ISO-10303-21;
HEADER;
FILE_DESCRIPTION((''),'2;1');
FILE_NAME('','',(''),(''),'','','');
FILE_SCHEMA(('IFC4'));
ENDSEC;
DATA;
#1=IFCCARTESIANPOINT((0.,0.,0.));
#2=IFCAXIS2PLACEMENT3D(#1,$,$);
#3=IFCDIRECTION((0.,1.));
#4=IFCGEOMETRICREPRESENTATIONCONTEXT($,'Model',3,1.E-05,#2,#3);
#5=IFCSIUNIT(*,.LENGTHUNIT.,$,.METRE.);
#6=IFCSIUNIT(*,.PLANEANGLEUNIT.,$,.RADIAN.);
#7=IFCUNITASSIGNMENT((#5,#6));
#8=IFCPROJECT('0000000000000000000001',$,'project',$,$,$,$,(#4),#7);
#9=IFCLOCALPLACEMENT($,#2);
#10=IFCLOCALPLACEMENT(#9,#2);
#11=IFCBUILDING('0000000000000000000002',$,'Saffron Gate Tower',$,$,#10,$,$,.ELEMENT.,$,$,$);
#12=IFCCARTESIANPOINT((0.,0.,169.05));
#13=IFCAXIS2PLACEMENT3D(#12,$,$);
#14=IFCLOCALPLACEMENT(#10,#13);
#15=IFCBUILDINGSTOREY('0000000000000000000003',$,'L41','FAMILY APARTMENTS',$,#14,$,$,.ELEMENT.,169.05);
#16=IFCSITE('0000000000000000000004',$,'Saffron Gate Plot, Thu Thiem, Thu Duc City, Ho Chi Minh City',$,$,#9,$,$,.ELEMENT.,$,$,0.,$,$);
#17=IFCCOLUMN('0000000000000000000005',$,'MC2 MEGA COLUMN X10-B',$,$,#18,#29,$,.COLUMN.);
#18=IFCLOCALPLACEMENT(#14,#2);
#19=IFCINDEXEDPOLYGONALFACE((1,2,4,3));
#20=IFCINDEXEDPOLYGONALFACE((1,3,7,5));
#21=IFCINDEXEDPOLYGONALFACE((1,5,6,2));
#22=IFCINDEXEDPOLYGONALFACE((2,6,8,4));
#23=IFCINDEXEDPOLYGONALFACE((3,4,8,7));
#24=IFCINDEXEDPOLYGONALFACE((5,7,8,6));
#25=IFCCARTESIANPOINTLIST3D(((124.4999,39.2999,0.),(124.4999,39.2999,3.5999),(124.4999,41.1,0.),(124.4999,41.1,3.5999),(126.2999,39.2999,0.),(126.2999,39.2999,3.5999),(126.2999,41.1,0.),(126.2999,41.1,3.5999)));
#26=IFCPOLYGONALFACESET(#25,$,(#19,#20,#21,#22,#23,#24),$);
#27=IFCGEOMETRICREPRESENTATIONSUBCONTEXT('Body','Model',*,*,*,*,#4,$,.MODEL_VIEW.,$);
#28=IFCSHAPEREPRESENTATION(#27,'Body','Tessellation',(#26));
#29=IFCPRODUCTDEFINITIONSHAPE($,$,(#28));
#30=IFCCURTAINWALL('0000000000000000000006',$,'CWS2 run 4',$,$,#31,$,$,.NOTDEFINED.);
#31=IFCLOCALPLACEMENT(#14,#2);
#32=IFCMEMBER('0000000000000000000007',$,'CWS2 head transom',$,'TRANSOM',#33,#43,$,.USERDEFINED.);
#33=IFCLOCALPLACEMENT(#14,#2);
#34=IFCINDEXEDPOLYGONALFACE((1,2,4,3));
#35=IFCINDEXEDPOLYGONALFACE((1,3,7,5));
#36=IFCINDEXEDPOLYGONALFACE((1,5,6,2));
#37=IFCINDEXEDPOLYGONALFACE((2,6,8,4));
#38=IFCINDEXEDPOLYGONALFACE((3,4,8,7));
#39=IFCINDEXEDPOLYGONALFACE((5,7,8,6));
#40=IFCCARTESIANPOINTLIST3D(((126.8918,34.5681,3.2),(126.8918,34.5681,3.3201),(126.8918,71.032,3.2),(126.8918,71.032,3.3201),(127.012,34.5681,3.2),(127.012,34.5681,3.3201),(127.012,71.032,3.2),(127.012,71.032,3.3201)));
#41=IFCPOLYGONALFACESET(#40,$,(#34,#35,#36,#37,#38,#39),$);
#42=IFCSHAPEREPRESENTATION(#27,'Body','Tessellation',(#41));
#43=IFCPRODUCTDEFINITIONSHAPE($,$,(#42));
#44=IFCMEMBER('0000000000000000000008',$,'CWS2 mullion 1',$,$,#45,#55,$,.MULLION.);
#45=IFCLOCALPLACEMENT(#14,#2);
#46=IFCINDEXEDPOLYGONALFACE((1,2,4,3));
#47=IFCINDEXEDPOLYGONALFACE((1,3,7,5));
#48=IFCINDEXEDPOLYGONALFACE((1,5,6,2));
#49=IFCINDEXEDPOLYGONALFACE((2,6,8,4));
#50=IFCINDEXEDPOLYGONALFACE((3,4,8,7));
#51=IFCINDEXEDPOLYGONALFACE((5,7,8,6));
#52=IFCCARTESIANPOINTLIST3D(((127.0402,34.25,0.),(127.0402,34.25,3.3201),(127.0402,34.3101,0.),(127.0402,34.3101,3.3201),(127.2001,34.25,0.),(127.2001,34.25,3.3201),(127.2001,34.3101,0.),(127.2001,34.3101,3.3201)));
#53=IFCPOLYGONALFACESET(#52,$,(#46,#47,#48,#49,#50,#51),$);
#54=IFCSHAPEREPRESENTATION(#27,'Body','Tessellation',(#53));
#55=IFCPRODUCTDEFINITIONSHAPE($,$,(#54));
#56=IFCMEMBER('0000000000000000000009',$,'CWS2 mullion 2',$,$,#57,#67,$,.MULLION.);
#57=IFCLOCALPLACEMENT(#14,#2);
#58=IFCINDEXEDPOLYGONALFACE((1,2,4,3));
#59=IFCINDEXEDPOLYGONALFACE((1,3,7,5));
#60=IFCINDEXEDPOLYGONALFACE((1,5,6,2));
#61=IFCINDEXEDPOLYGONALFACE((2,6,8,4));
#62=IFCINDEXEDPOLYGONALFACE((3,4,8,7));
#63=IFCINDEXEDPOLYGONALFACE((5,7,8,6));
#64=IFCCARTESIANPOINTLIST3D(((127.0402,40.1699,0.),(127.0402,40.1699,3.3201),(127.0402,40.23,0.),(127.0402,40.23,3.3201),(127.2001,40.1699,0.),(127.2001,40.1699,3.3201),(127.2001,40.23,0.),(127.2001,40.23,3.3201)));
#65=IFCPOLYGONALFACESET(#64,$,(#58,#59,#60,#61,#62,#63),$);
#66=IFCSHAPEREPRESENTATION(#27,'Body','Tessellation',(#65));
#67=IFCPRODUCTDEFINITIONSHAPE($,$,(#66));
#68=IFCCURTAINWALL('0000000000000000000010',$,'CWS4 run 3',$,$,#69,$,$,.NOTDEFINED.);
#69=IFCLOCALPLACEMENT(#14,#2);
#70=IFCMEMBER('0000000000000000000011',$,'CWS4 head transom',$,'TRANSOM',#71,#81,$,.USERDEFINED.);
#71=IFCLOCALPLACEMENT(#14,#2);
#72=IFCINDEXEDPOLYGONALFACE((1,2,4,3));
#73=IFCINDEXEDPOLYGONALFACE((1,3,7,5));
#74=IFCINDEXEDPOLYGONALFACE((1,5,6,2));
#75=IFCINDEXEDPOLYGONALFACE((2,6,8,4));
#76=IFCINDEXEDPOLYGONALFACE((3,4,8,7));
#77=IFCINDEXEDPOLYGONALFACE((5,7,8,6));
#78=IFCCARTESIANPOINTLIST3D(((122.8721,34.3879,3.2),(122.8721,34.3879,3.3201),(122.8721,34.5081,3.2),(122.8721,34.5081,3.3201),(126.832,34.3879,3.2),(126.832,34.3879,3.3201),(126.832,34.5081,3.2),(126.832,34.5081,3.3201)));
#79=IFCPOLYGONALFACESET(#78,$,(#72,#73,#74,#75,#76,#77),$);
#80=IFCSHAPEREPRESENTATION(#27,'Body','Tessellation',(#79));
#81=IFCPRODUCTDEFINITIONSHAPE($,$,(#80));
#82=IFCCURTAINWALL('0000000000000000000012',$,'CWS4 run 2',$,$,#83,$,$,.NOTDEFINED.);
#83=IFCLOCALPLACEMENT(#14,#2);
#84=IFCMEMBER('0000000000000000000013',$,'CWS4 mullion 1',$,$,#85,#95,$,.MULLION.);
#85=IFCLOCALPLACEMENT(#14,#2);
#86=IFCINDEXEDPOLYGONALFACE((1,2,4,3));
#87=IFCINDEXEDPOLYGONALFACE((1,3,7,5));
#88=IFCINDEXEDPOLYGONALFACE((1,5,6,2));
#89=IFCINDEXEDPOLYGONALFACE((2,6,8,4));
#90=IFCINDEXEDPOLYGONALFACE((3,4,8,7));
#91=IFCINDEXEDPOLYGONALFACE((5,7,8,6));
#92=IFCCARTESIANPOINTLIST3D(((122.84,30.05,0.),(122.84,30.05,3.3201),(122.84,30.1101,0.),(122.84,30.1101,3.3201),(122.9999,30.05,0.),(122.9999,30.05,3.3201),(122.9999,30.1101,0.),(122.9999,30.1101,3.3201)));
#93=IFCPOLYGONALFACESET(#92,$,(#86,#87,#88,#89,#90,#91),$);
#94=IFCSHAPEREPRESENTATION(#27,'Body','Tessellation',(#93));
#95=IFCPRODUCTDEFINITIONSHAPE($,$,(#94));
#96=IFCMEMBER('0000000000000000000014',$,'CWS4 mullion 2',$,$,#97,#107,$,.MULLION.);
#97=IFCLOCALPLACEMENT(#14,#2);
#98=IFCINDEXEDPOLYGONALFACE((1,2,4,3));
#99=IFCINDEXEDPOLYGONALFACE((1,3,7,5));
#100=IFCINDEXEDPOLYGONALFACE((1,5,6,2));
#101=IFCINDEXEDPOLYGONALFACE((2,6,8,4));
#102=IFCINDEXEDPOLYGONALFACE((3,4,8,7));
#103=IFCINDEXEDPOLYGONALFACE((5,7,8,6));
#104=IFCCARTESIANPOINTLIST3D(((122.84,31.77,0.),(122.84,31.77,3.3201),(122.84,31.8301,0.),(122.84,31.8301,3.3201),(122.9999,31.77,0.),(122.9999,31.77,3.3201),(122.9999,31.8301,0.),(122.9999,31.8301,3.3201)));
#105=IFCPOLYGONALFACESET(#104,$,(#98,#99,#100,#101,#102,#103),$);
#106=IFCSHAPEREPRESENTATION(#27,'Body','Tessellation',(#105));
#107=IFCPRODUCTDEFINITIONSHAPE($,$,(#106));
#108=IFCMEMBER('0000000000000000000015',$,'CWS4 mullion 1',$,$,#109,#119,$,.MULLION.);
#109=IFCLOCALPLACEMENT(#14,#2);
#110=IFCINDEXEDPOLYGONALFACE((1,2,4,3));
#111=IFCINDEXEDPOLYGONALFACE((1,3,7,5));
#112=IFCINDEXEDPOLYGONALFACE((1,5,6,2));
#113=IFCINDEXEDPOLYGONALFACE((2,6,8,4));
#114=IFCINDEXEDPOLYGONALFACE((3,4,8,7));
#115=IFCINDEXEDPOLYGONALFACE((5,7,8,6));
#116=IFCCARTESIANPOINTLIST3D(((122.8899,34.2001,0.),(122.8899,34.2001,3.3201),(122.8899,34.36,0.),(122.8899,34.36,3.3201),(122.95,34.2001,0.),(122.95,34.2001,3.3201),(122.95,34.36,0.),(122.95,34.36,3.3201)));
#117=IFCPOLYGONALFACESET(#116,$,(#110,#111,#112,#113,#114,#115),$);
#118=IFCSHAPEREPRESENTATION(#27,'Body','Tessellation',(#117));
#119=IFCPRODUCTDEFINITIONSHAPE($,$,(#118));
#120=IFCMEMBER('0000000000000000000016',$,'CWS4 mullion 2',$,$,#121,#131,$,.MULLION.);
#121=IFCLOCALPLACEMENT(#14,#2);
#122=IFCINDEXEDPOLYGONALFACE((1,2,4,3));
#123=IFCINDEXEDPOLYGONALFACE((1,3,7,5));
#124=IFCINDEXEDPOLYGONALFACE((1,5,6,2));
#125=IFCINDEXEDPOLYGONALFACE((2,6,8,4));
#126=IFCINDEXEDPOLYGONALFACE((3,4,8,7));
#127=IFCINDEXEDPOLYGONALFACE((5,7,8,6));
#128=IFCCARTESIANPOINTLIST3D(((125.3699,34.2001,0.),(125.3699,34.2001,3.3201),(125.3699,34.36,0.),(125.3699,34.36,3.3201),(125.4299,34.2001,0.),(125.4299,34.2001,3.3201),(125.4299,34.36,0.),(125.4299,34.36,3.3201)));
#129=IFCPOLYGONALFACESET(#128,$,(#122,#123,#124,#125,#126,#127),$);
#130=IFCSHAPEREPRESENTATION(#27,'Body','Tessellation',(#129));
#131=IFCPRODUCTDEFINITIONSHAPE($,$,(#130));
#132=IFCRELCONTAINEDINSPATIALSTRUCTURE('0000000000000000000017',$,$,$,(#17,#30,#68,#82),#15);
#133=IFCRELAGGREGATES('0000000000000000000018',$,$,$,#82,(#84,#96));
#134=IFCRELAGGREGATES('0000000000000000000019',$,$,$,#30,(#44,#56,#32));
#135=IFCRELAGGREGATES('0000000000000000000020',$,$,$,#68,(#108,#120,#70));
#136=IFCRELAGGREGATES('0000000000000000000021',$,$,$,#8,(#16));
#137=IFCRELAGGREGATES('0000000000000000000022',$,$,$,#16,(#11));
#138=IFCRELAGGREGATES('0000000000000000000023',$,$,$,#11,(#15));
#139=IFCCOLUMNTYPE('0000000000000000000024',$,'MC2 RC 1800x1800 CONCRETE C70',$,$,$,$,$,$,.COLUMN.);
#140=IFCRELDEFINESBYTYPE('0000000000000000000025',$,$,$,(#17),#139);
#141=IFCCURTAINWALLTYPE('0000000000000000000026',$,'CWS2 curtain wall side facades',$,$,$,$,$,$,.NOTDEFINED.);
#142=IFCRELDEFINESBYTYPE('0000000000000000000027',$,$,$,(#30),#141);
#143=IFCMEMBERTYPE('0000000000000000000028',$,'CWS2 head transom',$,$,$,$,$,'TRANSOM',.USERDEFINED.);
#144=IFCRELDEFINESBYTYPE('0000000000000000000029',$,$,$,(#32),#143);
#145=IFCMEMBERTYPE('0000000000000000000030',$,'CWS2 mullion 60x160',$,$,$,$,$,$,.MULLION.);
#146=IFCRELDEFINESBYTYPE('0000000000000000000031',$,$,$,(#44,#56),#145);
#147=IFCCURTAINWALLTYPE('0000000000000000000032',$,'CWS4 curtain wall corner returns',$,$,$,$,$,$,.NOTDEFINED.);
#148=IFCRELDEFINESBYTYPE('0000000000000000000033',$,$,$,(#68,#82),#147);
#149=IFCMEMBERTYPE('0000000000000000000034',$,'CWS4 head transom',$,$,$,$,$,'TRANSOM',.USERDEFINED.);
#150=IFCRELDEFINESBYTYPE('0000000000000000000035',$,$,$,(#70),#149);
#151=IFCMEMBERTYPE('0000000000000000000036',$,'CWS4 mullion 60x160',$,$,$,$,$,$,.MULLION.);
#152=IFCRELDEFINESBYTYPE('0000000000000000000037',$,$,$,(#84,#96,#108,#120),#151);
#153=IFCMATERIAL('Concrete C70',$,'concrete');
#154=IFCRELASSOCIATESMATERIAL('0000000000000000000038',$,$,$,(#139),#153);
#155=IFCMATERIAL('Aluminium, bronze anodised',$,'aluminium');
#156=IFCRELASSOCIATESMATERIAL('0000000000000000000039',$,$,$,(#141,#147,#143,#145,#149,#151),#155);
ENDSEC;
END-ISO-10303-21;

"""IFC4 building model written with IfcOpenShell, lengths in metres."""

from ifc_helpers import new_model, si_unit, direction, frame, origin, origin_2d, place, context, subcontext, project, spatial, rectangle, extrude, material, material_profile, profile_set, type_object, element, aggregate, save


model = new_model("IFC4")

# Units and contexts
model_context = context("Model", 3, precision=1e-05, world=origin(), true_north=direction((0.0, 1.0)))
body_context = subcontext(model_context, "Body", "Model", "MODEL_VIEW")
ifc_project = project(units=[si_unit("LENGTHUNIT", "METRE"), si_unit("PLANEANGLEUNIT", "RADIAN")], contexts=[model_context])

# Site, building, storey
site_placement = place(None, origin())
site = spatial("IfcSite", under=ifc_project, at=site_placement, Name="Saffron Gate Plot, Thu Thiem, Thu Duc City, Ho Chi Minh City", CompositionType="ELEMENT", RefElevation=0.0)
building_placement = place(site_placement, origin())
building = spatial("IfcBuilding", under=site, at=building_placement, Name="Saffron Gate Tower", CompositionType="ELEMENT")
storey_placement = place(building_placement, frame((0.0, 0.0, 169.05)))
storey = spatial("IfcBuildingStorey", under=building, at=storey_placement, Name="L41", Description="FAMILY APARTMENTS", CompositionType="ELEMENT", Elevation=169.05)

# Column
ifc_material_1 = material(Name="Concrete C70", Category="concrete")
ifc_material_profile_1 = material_profile(ifc_material_1, rectangle(XDim=1.8, YDim=1.8, at=origin_2d()))
ifc_profile_set_1 = profile_set([ifc_material_profile_1], Name="Concrete C70")
column_type = type_object("IfcColumnType", Name="MC2 RC 1800x1800 CONCRETE C70", PredefinedType="COLUMN", material=ifc_profile_set_1)
column_placement = place(storey_placement, frame((125.3999, 40.2, 0.0), z_axis=(0.0, 0.0, 1.0), x_axis=(1.0, 0.0, 0.0)))
element("IfcColumn", 1, at=column_placement, inside=storey, type_object=column_type, Name="MC2 MEGA COLUMN X10-B", PredefinedType="COLUMN", context=body_context, shape_type="SweptSolid", body=[
    extrude(rectangle(XDim=1.8, YDim=1.8, at=origin_2d()), origin(), (0.0, 0.0, 1.0), 3.5999),
])

# Curtain wall, members
ifc_material_2 = material(Name="Aluminium, bronze anodised", Category="aluminium")
curtain_wall_type_1 = type_object("IfcCurtainWallType", Name="CWS2 curtain wall side facades", PredefinedType="NOTDEFINED", material=ifc_material_2)
curtain_wall_1_placement = place(storey_placement, origin())
curtain_wall_1 = element("IfcCurtainWall", 2, at=curtain_wall_1_placement, inside=storey, type_object=curtain_wall_type_1, Name="CWS2 run 4", PredefinedType="NOTDEFINED")
ifc_material_profile_2 = material_profile(ifc_material_2, rectangle(XDim=0.1201, YDim=0.1201, at=origin_2d()))
ifc_profile_set_2 = profile_set([ifc_material_profile_2], Name="Aluminium, bronze anodised")
member_type_1 = type_object("IfcMemberType", Name="CWS2 head transom", ElementType="TRANSOM", PredefinedType="USERDEFINED", material=ifc_profile_set_2)
member_1_placement = place(storey_placement, frame((126.9519, 34.5681, 3.26), z_axis=(0.0, 1.0, 0.0), x_axis=(-1.0, 0.0, 0.0)))
member_1 = element("IfcMember", 3, at=member_1_placement, type_object=member_type_1, Name="CWS2 head transom", ObjectType="TRANSOM", PredefinedType="USERDEFINED", context=body_context, shape_type="SweptSolid", body=[
    extrude(rectangle(XDim=0.1201, YDim=0.1201, at=origin_2d()), origin(), (0.0, 0.0, 1.0), 36.4639),
])
ifc_material_profile_3 = material_profile(ifc_material_2, rectangle(XDim=0.1599, YDim=0.0601, at=origin_2d()))
ifc_profile_set_3 = profile_set([ifc_material_profile_3], Name="Aluminium, bronze anodised")
member_type_2 = type_object("IfcMemberType", Name="CWS2 mullion 60x160", PredefinedType="MULLION", material=ifc_profile_set_3)
member_2_placement = place(storey_placement, frame((127.1201, 34.28, 0.0), z_axis=(0.0, 0.0, 1.0), x_axis=(-1.0, 0.0, 0.0)))
member_2 = element("IfcMember", 4, at=member_2_placement, type_object=member_type_2, Name="CWS2 mullion 1", PredefinedType="MULLION", context=body_context, shape_type="SweptSolid", body=[
    extrude(rectangle(XDim=0.1599, YDim=0.0601, at=origin_2d()), origin(), (0.0, 0.0, 1.0), 3.3201),
])
member_3_placement = place(storey_placement, frame((127.1201, 40.2, 0.0), z_axis=(0.0, 0.0, 1.0), x_axis=(-1.0, 0.0, 0.0)))
member_3 = element("IfcMember", 5, at=member_3_placement, type_object=member_type_2, Name="CWS2 mullion 2", PredefinedType="MULLION", context=body_context, shape_type="SweptSolid", body=[
    extrude(rectangle(XDim=0.1599, YDim=0.0601, at=origin_2d()), origin(), (0.0, 0.0, 1.0), 3.3201),
])

# Curtain wall, member
curtain_wall_type_2 = type_object("IfcCurtainWallType", Name="CWS4 curtain wall corner returns", PredefinedType="NOTDEFINED", material=ifc_material_2)
curtain_wall_2_placement = place(storey_placement, origin())
curtain_wall_2 = element("IfcCurtainWall", 6, at=curtain_wall_2_placement, inside=storey, type_object=curtain_wall_type_2, Name="CWS4 run 3", PredefinedType="NOTDEFINED")
ifc_material_profile_4 = material_profile(ifc_material_2, rectangle(XDim=0.1201, YDim=0.1201, at=origin_2d()))
ifc_profile_set_4 = profile_set([ifc_material_profile_4], Name="Aluminium, bronze anodised")
member_type_3 = type_object("IfcMemberType", Name="CWS4 head transom", ElementType="TRANSOM", PredefinedType="USERDEFINED", material=ifc_profile_set_4)
member_4_placement = place(storey_placement, frame((122.8721, 34.448, 3.26), z_axis=(1.0, 0.0, 0.0), x_axis=(0.0, 1.0, 0.0)))
member_4 = element("IfcMember", 7, at=member_4_placement, type_object=member_type_3, Name="CWS4 head transom", ObjectType="TRANSOM", PredefinedType="USERDEFINED", context=body_context, shape_type="SweptSolid", body=[
    extrude(rectangle(XDim=0.1201, YDim=0.1201, at=origin_2d()), origin(), (0.0, 0.0, 1.0), 3.96),
])

# Curtain wall, members
curtain_wall_3_placement = place(storey_placement, origin())
curtain_wall_3 = element("IfcCurtainWall", 8, at=curtain_wall_3_placement, inside=storey, type_object=curtain_wall_type_2, Name="CWS4 run 2", PredefinedType="NOTDEFINED")
ifc_material_profile_5 = material_profile(ifc_material_2, rectangle(XDim=0.1599, YDim=0.0601, at=origin_2d()))
ifc_profile_set_5 = profile_set([ifc_material_profile_5], Name="Aluminium, bronze anodised")
member_type_4 = type_object("IfcMemberType", Name="CWS4 mullion 60x160", PredefinedType="MULLION", material=ifc_profile_set_5)
member_5_placement = place(storey_placement, frame((122.9199, 30.0801, 0.0), z_axis=(0.0, 0.0, 1.0), x_axis=(-1.0, 0.0, 0.0)))
member_5 = element("IfcMember", 9, at=member_5_placement, type_object=member_type_4, Name="CWS4 mullion 1", PredefinedType="MULLION", context=body_context, shape_type="SweptSolid", body=[
    extrude(rectangle(XDim=0.1599, YDim=0.0601, at=origin_2d()), origin(), (0.0, 0.0, 1.0), 3.3201),
])
member_6_placement = place(storey_placement, frame((122.9199, 31.8, 0.0), z_axis=(0.0, 0.0, 1.0), x_axis=(-1.0, 0.0, 0.0)))
member_6 = element("IfcMember", 10, at=member_6_placement, type_object=member_type_4, Name="CWS4 mullion 2", PredefinedType="MULLION", context=body_context, shape_type="SweptSolid", body=[
    extrude(rectangle(XDim=0.1599, YDim=0.0601, at=origin_2d()), origin(), (0.0, 0.0, 1.0), 3.3201),
])
aggregate(curtain_wall_3, [member_5, member_6])

# Members
member_7_placement = place(storey_placement, frame((122.9199, 34.28, 0.0), z_axis=(0.0, 0.0, 1.0), x_axis=(0.0, 1.0, 0.0)))
member_7 = element("IfcMember", 11, at=member_7_placement, type_object=member_type_4, Name="CWS4 mullion 1", PredefinedType="MULLION", context=body_context, shape_type="SweptSolid", body=[
    extrude(rectangle(XDim=0.1599, YDim=0.0601, at=origin_2d()), origin(), (0.0, 0.0, 1.0), 3.3201),
])
member_8_placement = place(storey_placement, frame((125.3999, 34.28, 0.0), z_axis=(0.0, 0.0, 1.0), x_axis=(0.0, 1.0, 0.0)))
member_8 = element("IfcMember", 12, at=member_8_placement, type_object=member_type_4, Name="CWS4 mullion 2", PredefinedType="MULLION", context=body_context, shape_type="SweptSolid", body=[
    extrude(rectangle(XDim=0.1599, YDim=0.0601, at=origin_2d()), origin(), (0.0, 0.0, 1.0), 3.3201),
])

aggregate(curtain_wall_1, [member_2, member_3, member_1])

aggregate(curtain_wall_2, [member_7, member_8, member_4])

save(model, "model.ifc")
